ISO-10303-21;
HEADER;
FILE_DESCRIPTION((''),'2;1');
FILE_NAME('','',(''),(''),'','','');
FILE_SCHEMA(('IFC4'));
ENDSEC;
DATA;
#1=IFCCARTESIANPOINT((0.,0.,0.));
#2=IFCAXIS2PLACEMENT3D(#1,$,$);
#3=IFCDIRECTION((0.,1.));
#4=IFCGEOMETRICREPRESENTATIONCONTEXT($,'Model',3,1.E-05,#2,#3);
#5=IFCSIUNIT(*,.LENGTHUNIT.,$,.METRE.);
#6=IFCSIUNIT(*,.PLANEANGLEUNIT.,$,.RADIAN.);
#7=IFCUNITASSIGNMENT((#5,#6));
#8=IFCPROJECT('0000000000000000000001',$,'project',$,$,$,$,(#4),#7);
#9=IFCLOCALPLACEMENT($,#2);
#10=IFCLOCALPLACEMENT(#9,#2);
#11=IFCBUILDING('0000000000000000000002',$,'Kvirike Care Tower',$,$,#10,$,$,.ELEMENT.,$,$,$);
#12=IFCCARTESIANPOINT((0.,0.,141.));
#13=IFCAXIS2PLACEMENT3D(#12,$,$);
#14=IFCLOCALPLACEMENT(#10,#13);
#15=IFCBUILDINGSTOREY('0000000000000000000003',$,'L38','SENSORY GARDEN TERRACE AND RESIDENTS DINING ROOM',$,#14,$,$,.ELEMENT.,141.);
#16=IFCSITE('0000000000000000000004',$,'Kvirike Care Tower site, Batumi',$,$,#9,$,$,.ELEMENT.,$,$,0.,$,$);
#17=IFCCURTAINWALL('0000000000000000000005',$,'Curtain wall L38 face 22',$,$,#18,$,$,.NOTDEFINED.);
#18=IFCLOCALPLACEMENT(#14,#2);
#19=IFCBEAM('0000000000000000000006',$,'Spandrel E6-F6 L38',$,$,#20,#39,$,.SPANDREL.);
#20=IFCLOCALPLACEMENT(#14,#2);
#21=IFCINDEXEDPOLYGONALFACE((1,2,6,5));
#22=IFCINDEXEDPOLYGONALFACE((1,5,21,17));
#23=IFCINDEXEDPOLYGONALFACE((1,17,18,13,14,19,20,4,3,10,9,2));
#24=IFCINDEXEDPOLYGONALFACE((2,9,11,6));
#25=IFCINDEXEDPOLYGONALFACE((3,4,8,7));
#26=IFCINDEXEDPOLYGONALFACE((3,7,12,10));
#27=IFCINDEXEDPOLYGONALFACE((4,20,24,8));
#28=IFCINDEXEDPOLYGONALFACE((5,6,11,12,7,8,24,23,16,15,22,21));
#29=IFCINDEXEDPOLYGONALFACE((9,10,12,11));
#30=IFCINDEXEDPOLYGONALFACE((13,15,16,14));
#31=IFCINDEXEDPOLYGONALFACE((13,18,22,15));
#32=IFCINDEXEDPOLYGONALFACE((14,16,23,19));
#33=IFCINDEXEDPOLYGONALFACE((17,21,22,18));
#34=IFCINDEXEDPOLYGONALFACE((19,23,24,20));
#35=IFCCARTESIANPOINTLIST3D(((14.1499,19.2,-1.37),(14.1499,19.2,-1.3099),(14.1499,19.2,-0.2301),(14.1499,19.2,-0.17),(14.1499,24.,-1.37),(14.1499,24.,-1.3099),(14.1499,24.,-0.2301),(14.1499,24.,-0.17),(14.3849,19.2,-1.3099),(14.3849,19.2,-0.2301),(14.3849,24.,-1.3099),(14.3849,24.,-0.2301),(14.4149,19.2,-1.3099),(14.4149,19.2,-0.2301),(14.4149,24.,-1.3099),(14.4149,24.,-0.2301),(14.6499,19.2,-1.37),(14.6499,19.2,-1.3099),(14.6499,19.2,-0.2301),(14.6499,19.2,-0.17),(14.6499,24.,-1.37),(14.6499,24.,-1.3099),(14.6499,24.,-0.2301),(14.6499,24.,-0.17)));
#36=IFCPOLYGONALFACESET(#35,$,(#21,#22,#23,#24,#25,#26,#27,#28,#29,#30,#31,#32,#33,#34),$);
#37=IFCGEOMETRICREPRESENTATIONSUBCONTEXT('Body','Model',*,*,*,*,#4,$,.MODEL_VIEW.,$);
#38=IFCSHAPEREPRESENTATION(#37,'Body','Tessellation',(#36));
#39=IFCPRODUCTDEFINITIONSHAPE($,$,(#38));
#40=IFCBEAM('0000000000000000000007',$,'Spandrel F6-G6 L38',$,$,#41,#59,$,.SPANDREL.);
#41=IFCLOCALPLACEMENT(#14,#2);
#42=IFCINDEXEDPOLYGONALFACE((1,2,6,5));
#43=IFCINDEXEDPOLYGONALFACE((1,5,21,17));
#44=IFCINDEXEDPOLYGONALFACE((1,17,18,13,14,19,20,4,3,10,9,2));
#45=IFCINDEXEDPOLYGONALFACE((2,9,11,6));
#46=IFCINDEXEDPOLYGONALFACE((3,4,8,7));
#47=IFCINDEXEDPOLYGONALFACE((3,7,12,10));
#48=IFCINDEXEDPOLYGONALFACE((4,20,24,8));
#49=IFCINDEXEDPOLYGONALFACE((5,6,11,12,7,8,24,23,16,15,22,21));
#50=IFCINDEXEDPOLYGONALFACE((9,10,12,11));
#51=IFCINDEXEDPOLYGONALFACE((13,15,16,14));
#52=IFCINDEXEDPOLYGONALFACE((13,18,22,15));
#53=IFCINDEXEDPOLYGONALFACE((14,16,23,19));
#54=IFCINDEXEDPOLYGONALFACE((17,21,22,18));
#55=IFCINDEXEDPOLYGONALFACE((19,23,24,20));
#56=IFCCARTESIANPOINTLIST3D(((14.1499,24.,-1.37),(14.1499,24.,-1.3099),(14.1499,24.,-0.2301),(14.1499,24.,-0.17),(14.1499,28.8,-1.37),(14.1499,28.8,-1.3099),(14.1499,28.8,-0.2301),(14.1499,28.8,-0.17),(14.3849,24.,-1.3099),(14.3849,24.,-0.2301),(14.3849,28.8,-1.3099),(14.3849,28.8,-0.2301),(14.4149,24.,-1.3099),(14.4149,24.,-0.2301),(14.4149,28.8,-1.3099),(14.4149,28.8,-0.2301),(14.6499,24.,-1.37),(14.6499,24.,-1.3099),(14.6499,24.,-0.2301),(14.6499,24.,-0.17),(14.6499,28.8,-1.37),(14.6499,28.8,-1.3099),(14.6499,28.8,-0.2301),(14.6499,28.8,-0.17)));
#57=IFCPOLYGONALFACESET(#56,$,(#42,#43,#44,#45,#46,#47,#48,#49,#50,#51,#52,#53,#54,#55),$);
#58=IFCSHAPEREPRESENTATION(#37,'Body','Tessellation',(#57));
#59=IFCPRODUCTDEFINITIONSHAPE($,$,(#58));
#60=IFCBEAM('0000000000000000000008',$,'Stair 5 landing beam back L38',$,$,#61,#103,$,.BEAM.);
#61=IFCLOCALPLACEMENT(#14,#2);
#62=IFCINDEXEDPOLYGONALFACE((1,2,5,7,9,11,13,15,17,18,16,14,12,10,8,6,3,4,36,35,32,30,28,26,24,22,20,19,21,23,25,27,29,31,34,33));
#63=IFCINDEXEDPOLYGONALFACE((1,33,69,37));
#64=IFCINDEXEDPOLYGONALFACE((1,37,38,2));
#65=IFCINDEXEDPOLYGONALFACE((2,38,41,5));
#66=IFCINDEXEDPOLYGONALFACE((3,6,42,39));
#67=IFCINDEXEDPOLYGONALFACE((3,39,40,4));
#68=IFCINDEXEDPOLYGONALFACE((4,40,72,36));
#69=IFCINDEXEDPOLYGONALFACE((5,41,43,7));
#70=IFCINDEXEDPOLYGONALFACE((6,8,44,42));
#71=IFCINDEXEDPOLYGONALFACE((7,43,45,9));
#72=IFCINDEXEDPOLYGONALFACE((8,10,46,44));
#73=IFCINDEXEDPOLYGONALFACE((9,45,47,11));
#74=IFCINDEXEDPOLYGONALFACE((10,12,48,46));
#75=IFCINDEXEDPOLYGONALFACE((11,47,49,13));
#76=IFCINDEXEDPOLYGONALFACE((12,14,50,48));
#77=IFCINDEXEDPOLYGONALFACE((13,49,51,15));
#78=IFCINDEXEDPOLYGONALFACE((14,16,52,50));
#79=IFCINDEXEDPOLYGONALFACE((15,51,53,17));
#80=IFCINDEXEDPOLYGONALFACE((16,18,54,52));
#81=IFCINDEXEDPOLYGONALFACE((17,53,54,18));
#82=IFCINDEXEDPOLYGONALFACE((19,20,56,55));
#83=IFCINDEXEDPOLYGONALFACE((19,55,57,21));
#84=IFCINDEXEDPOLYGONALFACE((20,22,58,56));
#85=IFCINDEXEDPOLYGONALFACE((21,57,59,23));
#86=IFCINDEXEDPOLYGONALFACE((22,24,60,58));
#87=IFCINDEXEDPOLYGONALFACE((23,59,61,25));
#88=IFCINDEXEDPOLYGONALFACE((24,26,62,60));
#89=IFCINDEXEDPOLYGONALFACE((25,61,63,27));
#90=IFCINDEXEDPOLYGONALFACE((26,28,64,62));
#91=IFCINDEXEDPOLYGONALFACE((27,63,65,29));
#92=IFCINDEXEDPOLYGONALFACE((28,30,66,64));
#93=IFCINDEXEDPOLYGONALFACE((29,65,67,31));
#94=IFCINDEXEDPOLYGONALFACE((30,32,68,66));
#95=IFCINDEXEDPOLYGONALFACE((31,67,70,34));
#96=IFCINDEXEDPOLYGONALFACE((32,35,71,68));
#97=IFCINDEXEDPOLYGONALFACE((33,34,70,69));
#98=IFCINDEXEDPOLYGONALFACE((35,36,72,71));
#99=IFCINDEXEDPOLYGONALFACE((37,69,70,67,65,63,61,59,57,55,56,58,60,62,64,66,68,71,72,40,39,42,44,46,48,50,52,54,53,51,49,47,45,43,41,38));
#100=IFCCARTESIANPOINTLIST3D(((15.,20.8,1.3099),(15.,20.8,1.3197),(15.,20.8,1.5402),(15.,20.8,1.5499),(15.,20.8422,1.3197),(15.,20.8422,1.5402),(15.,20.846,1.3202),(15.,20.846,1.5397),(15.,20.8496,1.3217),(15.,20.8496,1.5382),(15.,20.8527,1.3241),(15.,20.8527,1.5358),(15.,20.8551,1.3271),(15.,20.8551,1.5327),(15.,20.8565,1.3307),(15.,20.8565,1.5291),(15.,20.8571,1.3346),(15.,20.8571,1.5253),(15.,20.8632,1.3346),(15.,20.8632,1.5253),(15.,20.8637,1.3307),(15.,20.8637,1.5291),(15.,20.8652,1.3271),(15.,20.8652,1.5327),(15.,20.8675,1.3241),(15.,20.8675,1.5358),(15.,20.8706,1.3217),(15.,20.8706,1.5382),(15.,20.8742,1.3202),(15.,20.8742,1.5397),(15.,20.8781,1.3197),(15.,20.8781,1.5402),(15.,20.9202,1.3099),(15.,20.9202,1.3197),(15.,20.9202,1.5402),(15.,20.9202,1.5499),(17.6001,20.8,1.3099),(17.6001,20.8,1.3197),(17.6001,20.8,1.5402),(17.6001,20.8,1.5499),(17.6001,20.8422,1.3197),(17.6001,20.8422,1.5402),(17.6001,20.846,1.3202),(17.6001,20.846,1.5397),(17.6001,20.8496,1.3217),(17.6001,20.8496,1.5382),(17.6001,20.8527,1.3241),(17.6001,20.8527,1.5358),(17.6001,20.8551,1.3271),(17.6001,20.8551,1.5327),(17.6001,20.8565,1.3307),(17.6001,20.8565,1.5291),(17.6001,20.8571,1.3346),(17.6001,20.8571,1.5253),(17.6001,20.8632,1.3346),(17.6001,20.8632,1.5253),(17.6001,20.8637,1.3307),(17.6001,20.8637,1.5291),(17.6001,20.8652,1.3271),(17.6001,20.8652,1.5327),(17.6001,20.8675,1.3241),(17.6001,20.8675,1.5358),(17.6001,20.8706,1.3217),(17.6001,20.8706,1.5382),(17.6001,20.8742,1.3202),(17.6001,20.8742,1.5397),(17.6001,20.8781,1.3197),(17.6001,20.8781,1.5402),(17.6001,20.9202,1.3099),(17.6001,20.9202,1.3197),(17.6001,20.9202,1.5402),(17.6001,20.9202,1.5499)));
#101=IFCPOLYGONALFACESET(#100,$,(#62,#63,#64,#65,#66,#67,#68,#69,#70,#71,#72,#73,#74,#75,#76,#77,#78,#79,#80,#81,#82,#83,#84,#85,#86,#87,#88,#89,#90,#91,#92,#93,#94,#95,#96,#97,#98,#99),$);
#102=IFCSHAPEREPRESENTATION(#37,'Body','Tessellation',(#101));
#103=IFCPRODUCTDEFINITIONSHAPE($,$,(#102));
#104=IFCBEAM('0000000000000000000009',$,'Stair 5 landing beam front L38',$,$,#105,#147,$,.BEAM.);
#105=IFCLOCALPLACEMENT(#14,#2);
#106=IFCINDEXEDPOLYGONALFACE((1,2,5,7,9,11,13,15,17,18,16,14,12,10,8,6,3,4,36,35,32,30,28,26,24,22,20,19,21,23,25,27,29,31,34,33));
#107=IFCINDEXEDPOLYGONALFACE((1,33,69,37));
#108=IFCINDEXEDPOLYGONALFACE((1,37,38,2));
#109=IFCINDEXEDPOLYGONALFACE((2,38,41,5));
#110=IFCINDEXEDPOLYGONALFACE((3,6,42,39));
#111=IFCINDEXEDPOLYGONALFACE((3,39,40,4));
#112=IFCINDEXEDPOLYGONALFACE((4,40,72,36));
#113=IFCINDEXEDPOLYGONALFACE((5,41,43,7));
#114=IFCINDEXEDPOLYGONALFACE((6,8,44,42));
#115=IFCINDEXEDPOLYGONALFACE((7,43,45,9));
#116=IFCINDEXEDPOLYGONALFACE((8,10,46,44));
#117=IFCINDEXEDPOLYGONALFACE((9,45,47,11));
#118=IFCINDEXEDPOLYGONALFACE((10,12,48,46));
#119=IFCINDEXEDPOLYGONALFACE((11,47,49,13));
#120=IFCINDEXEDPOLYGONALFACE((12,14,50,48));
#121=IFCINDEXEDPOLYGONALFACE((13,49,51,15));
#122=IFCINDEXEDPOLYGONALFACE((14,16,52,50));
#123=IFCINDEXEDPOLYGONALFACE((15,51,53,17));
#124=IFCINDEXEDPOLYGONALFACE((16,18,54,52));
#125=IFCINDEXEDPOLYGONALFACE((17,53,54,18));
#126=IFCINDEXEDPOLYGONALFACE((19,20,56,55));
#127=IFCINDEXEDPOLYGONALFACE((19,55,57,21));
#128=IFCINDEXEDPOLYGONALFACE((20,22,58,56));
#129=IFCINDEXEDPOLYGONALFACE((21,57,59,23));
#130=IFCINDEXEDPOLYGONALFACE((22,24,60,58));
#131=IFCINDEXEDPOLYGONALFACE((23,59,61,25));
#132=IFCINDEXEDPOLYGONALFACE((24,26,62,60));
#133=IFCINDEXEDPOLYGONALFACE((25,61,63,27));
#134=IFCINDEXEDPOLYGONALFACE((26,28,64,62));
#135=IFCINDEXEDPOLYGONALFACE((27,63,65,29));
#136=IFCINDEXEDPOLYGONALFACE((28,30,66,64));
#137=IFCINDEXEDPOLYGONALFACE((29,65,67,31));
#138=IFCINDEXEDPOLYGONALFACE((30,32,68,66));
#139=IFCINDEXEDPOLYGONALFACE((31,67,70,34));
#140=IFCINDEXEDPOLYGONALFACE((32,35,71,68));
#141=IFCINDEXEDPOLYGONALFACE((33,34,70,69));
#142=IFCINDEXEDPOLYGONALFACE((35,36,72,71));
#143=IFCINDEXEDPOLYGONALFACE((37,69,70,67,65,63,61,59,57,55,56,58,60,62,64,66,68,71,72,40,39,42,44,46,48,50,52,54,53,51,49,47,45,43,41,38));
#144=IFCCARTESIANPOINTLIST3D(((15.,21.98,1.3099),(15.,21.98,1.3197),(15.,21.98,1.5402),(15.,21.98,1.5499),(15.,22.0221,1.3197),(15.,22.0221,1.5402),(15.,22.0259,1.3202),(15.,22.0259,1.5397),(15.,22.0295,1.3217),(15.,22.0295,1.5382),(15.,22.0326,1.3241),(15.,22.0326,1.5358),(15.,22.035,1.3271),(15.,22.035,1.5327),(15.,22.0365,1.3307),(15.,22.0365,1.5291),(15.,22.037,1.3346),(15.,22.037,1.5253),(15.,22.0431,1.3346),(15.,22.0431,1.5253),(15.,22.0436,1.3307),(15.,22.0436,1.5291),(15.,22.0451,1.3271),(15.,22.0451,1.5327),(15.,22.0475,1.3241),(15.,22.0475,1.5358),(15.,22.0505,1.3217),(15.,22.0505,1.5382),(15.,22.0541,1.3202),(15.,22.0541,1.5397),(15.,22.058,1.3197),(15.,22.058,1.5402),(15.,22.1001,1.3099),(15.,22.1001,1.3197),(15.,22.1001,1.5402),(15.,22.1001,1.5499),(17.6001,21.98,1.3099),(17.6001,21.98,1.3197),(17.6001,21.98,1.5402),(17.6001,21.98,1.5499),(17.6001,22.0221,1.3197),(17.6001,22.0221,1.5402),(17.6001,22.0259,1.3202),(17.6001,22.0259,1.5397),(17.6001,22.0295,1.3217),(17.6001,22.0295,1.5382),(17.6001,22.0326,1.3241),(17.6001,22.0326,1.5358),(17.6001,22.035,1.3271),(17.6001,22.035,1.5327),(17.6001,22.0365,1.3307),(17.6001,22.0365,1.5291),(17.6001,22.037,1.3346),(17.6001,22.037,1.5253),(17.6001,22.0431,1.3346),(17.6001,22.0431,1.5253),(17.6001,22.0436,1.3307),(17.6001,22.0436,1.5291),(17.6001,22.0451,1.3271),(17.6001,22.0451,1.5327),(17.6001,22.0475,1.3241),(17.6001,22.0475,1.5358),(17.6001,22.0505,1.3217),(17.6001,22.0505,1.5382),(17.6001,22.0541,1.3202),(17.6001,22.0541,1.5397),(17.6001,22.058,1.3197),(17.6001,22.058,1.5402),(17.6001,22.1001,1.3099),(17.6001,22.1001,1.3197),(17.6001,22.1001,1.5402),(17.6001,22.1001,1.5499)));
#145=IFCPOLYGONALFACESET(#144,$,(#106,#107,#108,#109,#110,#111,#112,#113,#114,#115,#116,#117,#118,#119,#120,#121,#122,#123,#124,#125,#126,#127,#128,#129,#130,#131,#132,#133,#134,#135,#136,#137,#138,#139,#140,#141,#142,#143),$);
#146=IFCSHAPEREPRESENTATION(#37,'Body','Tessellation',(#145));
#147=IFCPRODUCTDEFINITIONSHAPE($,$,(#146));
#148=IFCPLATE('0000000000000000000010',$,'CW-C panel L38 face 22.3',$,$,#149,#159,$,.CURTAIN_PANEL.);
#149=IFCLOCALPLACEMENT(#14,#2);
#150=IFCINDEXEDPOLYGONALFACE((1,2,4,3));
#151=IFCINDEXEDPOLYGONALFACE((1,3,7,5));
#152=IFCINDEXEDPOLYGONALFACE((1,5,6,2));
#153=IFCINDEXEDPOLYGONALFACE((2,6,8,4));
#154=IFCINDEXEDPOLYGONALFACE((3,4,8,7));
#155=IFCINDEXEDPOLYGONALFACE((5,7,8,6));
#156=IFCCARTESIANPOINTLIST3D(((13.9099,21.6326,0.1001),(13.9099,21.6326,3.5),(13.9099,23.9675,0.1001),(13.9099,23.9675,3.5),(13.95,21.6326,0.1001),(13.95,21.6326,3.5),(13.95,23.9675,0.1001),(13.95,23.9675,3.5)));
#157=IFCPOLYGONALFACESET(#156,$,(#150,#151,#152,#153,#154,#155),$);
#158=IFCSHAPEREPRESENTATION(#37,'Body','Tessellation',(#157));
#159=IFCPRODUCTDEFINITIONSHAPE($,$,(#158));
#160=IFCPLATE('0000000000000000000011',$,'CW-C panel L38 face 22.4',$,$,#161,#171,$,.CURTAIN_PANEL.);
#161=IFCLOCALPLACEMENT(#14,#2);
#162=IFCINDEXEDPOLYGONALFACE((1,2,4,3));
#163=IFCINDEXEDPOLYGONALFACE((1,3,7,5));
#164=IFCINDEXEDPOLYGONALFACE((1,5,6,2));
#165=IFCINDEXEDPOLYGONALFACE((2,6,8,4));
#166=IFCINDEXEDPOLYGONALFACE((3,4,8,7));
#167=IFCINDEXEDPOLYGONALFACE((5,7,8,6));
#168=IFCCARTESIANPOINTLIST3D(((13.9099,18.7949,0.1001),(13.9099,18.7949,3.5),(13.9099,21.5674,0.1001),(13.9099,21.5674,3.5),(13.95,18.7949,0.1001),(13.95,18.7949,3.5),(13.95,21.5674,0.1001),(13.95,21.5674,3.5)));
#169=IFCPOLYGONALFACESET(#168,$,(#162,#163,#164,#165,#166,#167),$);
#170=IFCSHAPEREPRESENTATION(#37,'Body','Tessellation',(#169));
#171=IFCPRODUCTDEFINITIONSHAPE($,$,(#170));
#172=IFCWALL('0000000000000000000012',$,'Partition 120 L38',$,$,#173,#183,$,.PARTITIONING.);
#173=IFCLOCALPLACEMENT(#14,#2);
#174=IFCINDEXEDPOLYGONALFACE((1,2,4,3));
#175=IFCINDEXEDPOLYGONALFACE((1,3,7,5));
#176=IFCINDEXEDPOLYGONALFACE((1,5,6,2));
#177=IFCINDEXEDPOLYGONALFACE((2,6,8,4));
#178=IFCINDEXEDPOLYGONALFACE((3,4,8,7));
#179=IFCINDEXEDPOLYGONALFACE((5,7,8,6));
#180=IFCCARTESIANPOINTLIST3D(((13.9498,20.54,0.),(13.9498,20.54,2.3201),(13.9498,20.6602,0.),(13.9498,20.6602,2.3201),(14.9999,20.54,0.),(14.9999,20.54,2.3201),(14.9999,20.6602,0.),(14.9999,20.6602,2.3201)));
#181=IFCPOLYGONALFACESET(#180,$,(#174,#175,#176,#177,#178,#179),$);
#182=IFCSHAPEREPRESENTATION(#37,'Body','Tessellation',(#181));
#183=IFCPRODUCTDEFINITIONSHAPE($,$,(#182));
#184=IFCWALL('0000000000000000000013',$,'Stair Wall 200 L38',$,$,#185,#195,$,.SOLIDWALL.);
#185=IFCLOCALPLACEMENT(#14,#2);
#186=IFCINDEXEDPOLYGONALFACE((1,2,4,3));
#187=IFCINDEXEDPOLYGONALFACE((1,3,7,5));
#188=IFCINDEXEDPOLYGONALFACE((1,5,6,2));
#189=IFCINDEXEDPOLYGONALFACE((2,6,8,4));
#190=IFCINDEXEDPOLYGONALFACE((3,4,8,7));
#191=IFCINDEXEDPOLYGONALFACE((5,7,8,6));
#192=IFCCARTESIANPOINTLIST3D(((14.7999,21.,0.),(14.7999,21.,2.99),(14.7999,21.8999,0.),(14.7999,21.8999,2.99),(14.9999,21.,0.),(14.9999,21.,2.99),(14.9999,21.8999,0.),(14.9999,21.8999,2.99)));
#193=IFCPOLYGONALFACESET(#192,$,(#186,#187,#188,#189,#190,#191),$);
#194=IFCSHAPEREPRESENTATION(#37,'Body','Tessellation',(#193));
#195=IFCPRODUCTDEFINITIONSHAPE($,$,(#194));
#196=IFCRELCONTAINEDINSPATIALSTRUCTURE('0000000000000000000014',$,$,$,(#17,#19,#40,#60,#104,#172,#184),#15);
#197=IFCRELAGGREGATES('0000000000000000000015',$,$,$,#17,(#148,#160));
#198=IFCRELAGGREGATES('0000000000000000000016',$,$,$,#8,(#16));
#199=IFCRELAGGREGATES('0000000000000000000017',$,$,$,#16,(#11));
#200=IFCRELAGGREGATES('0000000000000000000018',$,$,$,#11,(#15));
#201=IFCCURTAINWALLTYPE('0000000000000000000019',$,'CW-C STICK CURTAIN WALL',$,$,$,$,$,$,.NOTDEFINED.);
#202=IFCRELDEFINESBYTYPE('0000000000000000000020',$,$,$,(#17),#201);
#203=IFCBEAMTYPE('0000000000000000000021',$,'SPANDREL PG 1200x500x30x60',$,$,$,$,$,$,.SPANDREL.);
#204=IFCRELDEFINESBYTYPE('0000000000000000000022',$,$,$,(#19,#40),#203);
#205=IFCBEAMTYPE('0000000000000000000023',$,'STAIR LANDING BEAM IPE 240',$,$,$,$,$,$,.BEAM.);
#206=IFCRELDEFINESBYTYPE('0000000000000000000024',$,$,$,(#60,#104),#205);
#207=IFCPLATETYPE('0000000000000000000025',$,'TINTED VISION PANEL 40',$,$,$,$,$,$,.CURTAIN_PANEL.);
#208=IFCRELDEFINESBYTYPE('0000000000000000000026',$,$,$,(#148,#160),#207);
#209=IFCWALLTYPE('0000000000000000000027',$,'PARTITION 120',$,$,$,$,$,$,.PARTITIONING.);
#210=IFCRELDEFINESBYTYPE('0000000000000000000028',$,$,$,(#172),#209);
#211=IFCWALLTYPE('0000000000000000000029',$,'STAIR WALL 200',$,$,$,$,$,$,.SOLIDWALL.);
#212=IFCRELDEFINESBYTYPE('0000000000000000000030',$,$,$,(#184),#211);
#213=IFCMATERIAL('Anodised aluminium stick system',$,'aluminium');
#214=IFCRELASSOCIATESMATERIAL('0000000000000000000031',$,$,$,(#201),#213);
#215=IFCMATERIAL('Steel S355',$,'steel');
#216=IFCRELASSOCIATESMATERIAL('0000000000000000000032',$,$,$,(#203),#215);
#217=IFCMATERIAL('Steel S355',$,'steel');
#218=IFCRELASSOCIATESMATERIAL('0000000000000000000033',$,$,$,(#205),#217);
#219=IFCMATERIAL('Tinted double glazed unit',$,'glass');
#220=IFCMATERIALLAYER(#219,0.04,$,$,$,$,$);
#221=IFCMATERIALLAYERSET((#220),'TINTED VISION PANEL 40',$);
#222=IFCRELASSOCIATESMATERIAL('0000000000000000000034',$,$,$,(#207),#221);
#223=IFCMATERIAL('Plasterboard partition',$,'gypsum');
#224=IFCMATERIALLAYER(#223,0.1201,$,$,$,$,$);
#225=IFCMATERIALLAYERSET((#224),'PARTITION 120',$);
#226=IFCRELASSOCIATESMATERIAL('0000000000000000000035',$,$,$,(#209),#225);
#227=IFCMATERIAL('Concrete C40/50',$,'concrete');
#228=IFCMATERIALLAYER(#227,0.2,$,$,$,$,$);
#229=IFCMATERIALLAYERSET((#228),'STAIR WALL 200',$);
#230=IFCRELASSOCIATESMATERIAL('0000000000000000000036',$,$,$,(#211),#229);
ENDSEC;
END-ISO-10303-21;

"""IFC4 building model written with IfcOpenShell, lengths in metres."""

from ifc_helpers import new_model, si_unit, direction, frame, frame_2d, origin, origin_2d, place, context, subcontext, project, spatial, rectangle, i_section, extrude, material, layer, layer_set, material_profile, profile_set, type_object, element, aggregate, save


model = new_model("IFC4")

# Units and contexts
model_context = context("Model", 3, precision=1e-05, world=origin(), true_north=direction((0.0, 1.0)))
body_context = subcontext(model_context, "Body", "Model", "MODEL_VIEW")
ifc_project = project(units=[si_unit("LENGTHUNIT", "METRE"), si_unit("PLANEANGLEUNIT", "RADIAN")], contexts=[model_context])

# Site, building, storey
site_placement = place(None, origin())
site = spatial("IfcSite", under=ifc_project, at=site_placement, Name="Kvirike Care Tower site, Batumi", CompositionType="ELEMENT", RefElevation=0.0)
building_placement = place(site_placement, origin())
building = spatial("IfcBuilding", under=site, at=building_placement, Name="Kvirike Care Tower", CompositionType="ELEMENT")
storey_placement = place(building_placement, frame((0.0, 0.0, 141.0)))
storey = spatial("IfcBuildingStorey", under=building, at=storey_placement, Name="L38", Description="SENSORY GARDEN TERRACE AND RESIDENTS DINING ROOM", CompositionType="ELEMENT", Elevation=141.0)

# Curtain wall
ifc_material_1 = material(Name="Anodised aluminium stick system", Category="aluminium")
curtain_wall_type = type_object("IfcCurtainWallType", Name="CW-C STICK CURTAIN WALL", PredefinedType="NOTDEFINED", material=ifc_material_1)
curtain_wall_placement = place(storey_placement, origin())
curtain_wall = element("IfcCurtainWall", 1, at=curtain_wall_placement, inside=storey, type_object=curtain_wall_type, Name="Curtain wall L38 face 22", PredefinedType="NOTDEFINED")

# Beams
ifc_material_2 = material(Name="Steel S355", Category="steel")
ifc_material_profile_1 = material_profile(ifc_material_2, i_section(OverallWidth=0.5, OverallDepth=1.2, WebThickness=0.03, FlangeThickness=0.0601, at=origin_2d()), Name="PG 1200x500x30x60")
ifc_profile_set_1 = profile_set([ifc_material_profile_1], Name="Steel S355")
beam_type_1 = type_object("IfcBeamType", Name="SPANDREL PG 1200x500x30x60", PredefinedType="SPANDREL", material=ifc_profile_set_1)
for number, where, z_axis, x_axis, name in (
    (2, (14.3999, 19.2, -0.77), (0.0, 1.0, 0.0), (-1.0, 0.0, 0.0), "Spandrel E6-F6 L38"),
    (3, (14.3999, 24.0, -0.77), (0.0, 1.0, 0.0), (-1.0, 0.0, 0.0), "Spandrel F6-G6 L38"),
):
    element("IfcBeam", number, at=place(storey_placement, frame(where, z_axis=z_axis, x_axis=x_axis)), inside=storey, type_object=beam_type_1, Name=name, PredefinedType="SPANDREL", context=body_context, shape_type="SweptSolid", body=[
        extrude(i_section(OverallWidth=0.5, OverallDepth=1.2, WebThickness=0.03, FlangeThickness=0.0601, at=origin_2d()), origin(), (0.0, 0.0, 1.0), 4.8),
    ])
ifc_material_3 = material(Name="Steel S355", Category="steel")
ifc_material_profile_2 = material_profile(ifc_material_3, i_section(OverallWidth=0.1201, OverallDepth=0.24, WebThickness=0.0061, FlangeThickness=0.0098, FilletRadius=0.0149, at=origin_2d()), Name="IPE 240")
ifc_profile_set_2 = profile_set([ifc_material_profile_2], Name="Steel S355")
beam_type_2 = type_object("IfcBeamType", Name="STAIR LANDING BEAM IPE 240", PredefinedType="BEAM", material=ifc_profile_set_2)
for number, where, z_axis, x_axis, name in (
    (4, (15.0, 20.8601, 1.4299), (1.0, 0.0, 0.0), (0.0, 1.0, 0.0), "Stair 5 landing beam back L38"),
    (5, (15.0, 22.04, 1.4299), (1.0, 0.0, 0.0), (0.0, 1.0, 0.0), "Stair 5 landing beam front L38"),
):
    element("IfcBeam", number, at=place(storey_placement, frame(where, z_axis=z_axis, x_axis=x_axis)), inside=storey, type_object=beam_type_2, Name=name, PredefinedType="BEAM", context=body_context, shape_type="SweptSolid", body=[
        extrude(i_section(OverallWidth=0.1201, OverallDepth=0.24, WebThickness=0.0061, FlangeThickness=0.0098, FilletRadius=0.0149, at=origin_2d()), origin(), (0.0, 0.0, 1.0), 2.6001),
    ])

# Plates
ifc_material_4 = material(Name="Tinted double glazed unit", Category="glass")
ifc_layer_1 = layer(ifc_material_4, 0.04)
ifc_layer_set_1 = layer_set([ifc_layer_1], Name="TINTED VISION PANEL 40")
plate_type = type_object("IfcPlateType", Name="TINTED VISION PANEL 40", PredefinedType="CURTAIN_PANEL", material=ifc_layer_set_1)
plate_1_placement = place(storey_placement, frame((13.9299, 22.8, 0.1001), z_axis=(0.0, 0.0, 1.0), x_axis=(0.0, -1.0, 0.0)))
plate_1 = element("IfcPlate", 6, at=plate_1_placement, type_object=plate_type, Name="CW-C panel L38 face 22.3", PredefinedType="CURTAIN_PANEL", context=body_context, shape_type="SweptSolid", body=[
    extrude(rectangle(XDim=2.335, YDim=0.04, at=origin_2d()), origin(), (0.0, 0.0, 1.0), 3.3999),
])
plate_2_placement = place(storey_placement, frame((13.9299, 20.1812, 0.1001), z_axis=(0.0, 0.0, 1.0), x_axis=(0.0, -1.0, 0.0)))
plate_2 = element("IfcPlate", 7, at=plate_2_placement, type_object=plate_type, Name="CW-C panel L38 face 22.4", PredefinedType="CURTAIN_PANEL", context=body_context, shape_type="SweptSolid", body=[
    extrude(rectangle(XDim=2.7725, YDim=0.04, at=origin_2d()), origin(), (0.0, 0.0, 1.0), 3.3999),
])
aggregate(curtain_wall, [plate_1, plate_2])

# Walls
ifc_material_5 = material(Name="Plasterboard partition", Category="gypsum")
ifc_layer_2 = layer(ifc_material_5, 0.1201)
ifc_layer_set_2 = layer_set([ifc_layer_2], Name="PARTITION 120")
wall_type_1 = type_object("IfcWallType", Name="PARTITION 120", PredefinedType="PARTITIONING", material=ifc_layer_set_2)
wall_1_placement = place(storey_placement, frame((13.95, 20.6001, 0.0), z_axis=(0.0, 0.0, 1.0), x_axis=(1.0, 0.0, 0.0)))
element("IfcWall", 8, at=wall_1_placement, inside=storey, type_object=wall_type_1, Name="Partition 120 L38", PredefinedType="PARTITIONING", context=body_context, shape_type="SweptSolid", body=[
    extrude(rectangle(XDim=1.05, YDim=0.1201, at=frame_2d((0.5249, 0.0))), origin(), (0.0, 0.0, 1.0), 2.3201),
])
ifc_material_6 = material(Name="Concrete C40/50", Category="concrete")
ifc_layer_3 = layer(ifc_material_6, 0.2)
ifc_layer_set_3 = layer_set([ifc_layer_3], Name="STAIR WALL 200")
wall_type_2 = type_object("IfcWallType", Name="STAIR WALL 200", PredefinedType="SOLIDWALL", material=ifc_layer_set_3)
wall_2_placement = place(storey_placement, frame((14.8999, 21.0, 0.0), z_axis=(0.0, 0.0, 1.0), x_axis=(0.0, 1.0, 0.0)))
element("IfcWall", 9, at=wall_2_placement, inside=storey, type_object=wall_type_2, Name="Stair Wall 200 L38", PredefinedType="SOLIDWALL", context=body_context, shape_type="SweptSolid", body=[
    extrude(rectangle(XDim=0.8999, YDim=0.2, at=frame_2d((0.45, 0.0))), origin(), (0.0, 0.0, 1.0), 2.99),
])

save(model, "model.ifc")
